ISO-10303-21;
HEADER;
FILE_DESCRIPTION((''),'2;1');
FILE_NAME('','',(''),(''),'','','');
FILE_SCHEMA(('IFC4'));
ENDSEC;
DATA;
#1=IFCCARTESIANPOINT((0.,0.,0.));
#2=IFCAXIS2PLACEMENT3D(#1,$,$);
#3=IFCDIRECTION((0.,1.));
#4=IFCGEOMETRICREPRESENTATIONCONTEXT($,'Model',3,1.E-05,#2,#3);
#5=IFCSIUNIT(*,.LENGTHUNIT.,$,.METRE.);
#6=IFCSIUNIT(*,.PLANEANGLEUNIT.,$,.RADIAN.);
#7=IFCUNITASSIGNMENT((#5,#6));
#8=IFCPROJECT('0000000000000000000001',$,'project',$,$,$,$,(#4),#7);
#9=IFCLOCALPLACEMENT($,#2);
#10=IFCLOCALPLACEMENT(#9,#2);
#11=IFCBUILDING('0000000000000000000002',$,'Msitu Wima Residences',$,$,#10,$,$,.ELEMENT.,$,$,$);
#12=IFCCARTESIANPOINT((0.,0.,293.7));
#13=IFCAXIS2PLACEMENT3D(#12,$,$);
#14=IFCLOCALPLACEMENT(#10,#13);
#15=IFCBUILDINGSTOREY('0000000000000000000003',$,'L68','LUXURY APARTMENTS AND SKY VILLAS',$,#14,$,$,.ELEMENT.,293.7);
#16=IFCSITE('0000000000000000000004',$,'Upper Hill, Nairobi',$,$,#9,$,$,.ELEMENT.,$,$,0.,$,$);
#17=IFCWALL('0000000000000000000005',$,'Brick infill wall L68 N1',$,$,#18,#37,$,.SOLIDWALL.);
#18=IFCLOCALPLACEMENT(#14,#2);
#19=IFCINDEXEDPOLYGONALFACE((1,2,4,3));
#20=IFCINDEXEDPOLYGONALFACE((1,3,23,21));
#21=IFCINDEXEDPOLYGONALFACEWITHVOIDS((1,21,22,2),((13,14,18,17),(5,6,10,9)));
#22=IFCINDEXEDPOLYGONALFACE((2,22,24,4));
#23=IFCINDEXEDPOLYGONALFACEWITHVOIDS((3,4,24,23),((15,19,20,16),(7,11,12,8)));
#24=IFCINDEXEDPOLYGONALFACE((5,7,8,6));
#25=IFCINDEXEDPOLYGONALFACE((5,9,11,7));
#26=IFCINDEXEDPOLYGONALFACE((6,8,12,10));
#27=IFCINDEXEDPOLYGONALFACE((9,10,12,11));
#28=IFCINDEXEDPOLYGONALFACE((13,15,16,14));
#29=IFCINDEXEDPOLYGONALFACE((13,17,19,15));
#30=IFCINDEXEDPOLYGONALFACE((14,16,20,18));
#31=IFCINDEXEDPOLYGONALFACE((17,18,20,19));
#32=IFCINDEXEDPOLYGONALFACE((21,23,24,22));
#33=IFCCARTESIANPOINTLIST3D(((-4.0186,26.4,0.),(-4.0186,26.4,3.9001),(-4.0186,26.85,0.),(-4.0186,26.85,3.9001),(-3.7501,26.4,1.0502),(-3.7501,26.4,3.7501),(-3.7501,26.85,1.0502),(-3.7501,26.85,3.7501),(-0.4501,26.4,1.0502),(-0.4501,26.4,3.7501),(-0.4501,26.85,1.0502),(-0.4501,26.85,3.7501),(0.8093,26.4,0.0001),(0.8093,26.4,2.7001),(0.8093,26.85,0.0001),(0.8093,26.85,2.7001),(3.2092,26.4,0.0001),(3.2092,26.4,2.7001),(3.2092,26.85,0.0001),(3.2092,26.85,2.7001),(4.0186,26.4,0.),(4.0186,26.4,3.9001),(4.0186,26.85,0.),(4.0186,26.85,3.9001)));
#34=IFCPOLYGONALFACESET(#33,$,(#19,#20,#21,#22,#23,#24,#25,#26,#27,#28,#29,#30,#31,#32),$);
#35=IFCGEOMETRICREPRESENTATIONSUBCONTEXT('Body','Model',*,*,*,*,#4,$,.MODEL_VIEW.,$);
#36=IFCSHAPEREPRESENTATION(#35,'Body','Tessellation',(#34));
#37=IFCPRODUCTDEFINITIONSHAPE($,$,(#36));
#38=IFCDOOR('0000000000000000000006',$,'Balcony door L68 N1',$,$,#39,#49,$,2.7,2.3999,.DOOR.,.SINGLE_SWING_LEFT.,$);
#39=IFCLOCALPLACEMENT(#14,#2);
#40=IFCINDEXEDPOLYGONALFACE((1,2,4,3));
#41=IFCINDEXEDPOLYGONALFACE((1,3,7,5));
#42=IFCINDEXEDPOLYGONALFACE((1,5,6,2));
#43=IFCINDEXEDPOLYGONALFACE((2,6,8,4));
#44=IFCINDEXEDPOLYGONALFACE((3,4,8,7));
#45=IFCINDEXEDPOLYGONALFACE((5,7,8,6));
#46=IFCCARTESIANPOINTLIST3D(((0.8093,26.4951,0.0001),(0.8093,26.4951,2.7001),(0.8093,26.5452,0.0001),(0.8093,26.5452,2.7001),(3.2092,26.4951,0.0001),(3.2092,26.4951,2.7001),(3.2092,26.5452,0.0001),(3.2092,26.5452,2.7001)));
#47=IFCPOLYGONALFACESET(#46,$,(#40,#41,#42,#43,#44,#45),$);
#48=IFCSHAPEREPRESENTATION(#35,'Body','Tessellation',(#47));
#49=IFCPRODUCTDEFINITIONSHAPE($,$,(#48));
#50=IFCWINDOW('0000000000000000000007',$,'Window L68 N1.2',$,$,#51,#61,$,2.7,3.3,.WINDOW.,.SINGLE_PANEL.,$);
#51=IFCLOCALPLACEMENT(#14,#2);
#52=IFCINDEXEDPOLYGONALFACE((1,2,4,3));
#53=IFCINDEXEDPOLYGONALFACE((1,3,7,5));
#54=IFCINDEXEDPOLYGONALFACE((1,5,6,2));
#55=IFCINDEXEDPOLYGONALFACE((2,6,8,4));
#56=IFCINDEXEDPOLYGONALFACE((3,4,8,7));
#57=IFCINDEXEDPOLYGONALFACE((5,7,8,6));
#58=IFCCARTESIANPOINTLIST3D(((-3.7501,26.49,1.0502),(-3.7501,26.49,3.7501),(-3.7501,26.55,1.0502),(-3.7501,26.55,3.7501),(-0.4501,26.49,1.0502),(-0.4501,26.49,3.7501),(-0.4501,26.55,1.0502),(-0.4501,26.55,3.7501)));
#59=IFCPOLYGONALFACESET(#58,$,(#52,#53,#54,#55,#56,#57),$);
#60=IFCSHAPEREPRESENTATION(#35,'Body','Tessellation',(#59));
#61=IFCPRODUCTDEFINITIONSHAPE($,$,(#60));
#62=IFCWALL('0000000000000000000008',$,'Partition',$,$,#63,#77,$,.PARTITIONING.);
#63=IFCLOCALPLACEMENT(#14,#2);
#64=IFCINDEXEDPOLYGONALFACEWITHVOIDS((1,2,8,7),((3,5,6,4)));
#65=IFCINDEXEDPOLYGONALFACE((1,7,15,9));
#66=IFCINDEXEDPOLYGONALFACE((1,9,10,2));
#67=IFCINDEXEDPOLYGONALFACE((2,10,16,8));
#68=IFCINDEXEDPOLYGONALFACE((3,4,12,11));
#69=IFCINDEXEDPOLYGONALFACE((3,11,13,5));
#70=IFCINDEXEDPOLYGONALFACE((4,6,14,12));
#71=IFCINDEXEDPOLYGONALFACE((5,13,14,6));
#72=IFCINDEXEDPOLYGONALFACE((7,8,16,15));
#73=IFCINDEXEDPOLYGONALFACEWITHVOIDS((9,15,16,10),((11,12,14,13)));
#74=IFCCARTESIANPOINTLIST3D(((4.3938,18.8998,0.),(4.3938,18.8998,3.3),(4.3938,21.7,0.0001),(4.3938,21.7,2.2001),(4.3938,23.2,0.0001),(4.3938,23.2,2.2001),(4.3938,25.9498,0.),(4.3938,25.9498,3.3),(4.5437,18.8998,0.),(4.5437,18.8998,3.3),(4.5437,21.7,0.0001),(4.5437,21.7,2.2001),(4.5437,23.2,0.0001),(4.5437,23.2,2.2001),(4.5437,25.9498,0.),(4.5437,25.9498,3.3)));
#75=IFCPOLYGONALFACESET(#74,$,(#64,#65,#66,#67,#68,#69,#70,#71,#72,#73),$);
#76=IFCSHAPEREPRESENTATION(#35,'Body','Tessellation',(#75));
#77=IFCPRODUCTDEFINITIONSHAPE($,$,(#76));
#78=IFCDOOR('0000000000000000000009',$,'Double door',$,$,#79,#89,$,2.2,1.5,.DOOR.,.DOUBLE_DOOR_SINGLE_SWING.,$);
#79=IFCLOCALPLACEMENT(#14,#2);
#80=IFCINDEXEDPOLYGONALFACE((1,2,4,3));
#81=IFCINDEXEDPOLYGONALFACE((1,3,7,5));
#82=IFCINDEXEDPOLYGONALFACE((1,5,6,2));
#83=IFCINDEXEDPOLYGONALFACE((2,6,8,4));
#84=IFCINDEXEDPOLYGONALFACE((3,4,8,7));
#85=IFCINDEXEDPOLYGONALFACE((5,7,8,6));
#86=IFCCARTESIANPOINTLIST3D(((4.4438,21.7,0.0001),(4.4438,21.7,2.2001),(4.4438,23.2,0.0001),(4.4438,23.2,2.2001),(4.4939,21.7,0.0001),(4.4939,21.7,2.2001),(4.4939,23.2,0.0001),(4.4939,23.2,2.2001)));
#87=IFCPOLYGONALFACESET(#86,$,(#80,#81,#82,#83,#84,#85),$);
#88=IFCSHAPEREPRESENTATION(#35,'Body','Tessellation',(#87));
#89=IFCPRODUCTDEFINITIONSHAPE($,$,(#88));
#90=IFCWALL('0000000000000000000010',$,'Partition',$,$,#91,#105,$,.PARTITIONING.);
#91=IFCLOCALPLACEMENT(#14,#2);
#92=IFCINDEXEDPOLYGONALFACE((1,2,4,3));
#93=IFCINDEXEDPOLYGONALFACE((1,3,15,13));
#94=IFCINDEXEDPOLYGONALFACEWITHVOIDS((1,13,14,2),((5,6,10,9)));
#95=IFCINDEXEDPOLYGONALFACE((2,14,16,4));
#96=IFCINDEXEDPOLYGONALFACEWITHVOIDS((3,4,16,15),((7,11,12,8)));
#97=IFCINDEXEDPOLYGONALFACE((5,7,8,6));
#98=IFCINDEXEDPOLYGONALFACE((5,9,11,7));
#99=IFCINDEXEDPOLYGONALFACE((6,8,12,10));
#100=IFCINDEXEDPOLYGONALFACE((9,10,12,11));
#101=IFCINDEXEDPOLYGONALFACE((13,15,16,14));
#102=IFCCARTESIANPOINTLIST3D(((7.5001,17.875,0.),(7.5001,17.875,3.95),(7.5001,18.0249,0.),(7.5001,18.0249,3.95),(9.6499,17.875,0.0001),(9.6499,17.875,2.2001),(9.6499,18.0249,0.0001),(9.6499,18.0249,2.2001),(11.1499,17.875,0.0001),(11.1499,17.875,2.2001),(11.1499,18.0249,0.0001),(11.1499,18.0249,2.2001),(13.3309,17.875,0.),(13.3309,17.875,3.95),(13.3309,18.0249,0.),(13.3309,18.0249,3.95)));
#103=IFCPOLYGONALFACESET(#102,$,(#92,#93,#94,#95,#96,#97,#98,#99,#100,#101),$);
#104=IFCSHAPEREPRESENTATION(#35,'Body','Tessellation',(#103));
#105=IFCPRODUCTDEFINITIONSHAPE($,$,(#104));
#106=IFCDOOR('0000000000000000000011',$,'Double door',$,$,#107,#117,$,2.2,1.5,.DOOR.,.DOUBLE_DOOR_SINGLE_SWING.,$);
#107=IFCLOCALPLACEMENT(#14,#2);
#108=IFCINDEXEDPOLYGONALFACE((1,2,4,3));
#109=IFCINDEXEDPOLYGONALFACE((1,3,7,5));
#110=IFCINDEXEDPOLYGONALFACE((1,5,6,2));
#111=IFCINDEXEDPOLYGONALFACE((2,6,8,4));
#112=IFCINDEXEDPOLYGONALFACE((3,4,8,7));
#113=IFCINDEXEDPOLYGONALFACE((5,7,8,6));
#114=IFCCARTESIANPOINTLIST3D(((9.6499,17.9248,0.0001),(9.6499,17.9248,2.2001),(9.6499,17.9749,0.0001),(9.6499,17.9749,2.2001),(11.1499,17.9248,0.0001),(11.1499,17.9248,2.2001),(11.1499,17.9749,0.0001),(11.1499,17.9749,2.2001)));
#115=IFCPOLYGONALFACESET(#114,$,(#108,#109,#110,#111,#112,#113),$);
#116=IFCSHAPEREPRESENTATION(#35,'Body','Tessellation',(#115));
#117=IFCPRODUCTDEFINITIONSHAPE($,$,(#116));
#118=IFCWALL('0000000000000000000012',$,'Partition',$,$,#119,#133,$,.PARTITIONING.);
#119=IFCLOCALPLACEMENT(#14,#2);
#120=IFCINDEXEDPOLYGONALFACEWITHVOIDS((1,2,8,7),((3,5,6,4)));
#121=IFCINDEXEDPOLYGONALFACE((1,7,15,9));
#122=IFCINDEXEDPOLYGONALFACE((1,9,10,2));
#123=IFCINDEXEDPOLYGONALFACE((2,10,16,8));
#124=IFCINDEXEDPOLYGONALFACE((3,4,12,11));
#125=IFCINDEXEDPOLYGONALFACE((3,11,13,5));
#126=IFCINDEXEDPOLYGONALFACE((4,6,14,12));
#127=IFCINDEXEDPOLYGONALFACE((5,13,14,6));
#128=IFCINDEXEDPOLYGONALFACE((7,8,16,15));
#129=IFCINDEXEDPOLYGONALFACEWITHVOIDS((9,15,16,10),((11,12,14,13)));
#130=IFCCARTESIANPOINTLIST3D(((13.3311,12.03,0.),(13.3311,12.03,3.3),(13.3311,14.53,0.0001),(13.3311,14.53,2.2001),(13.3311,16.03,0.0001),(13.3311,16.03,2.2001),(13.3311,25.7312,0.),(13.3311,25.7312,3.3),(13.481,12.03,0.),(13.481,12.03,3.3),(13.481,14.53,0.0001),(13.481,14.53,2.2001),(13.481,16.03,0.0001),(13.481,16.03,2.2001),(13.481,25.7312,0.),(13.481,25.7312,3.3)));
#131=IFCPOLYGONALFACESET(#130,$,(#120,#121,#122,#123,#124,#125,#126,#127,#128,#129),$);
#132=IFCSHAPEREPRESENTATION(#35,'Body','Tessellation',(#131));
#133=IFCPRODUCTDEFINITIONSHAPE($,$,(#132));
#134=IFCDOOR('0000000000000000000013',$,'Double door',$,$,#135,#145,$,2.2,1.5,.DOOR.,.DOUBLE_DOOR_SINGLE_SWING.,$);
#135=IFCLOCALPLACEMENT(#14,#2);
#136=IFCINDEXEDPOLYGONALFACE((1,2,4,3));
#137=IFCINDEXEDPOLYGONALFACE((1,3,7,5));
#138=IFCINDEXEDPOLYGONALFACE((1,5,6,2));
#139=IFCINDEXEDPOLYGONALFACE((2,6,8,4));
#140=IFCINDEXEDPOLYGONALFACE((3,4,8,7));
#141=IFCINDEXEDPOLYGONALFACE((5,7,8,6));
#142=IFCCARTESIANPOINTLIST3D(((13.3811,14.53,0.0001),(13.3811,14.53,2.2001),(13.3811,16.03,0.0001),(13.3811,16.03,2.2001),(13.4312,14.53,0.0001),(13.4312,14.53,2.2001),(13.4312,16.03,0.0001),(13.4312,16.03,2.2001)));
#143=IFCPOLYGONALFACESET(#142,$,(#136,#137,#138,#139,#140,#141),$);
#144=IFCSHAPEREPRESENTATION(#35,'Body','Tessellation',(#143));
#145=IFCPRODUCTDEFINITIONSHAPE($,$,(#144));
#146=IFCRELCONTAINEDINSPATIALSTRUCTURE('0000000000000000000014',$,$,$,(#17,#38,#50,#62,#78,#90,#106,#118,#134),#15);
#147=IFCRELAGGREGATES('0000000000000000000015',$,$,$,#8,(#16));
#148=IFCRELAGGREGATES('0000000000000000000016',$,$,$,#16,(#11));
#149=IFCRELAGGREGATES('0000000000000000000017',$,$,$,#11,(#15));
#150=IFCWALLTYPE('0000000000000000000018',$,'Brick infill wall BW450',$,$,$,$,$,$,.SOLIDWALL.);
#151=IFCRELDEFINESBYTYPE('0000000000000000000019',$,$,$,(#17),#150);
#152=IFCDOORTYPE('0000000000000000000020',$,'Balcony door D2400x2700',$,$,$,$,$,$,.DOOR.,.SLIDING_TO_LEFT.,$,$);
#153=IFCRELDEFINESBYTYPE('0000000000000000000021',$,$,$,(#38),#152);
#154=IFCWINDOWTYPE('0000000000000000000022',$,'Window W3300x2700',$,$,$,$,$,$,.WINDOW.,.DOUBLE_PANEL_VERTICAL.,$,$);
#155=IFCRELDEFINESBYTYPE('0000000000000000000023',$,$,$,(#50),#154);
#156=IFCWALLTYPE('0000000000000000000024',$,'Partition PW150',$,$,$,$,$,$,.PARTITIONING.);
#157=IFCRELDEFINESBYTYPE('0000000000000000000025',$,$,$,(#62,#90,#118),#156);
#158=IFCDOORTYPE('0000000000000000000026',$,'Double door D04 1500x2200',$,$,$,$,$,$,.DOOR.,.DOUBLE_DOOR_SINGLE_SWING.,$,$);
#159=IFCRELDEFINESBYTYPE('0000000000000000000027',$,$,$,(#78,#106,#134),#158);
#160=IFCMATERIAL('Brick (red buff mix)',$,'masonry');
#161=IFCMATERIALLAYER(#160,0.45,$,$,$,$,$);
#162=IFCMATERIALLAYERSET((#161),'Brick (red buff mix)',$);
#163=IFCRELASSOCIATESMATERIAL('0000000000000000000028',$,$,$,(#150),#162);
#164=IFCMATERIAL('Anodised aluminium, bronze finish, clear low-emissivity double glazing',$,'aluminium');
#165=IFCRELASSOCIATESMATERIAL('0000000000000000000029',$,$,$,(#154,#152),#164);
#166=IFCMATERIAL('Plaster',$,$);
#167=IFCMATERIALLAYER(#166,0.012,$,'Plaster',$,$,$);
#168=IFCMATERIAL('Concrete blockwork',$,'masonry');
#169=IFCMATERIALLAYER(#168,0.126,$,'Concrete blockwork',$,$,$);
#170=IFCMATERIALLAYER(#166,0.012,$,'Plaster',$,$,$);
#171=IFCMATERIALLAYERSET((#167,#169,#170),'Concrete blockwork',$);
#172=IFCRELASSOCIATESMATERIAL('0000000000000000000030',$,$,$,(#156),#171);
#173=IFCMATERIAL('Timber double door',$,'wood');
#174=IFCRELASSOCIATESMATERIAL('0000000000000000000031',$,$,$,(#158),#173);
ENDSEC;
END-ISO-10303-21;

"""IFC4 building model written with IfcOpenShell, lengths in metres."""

from ifc_helpers import new_model, si_unit, direction, frame, frame_2d, origin, place, context, subcontext, project, spatial, rectangle, extrude, material, layer, layer_set, type_object, element, fill, save


model = new_model("IFC4")

# Units and contexts
model_context = context("Model", 3, precision=1e-05, world=origin(), true_north=direction((0.0, 1.0)))
body_context = subcontext(model_context, "Body", "Model", "MODEL_VIEW")
ifc_project = project(units=[si_unit("LENGTHUNIT", "METRE"), si_unit("PLANEANGLEUNIT", "RADIAN")], contexts=[model_context])

# Site, building, storey
site_placement = place(None, origin())
site = spatial("IfcSite", under=ifc_project, at=site_placement, Name="Upper Hill, Nairobi", CompositionType="ELEMENT", RefElevation=0.0)
building_placement = place(site_placement, origin())
building = spatial("IfcBuilding", under=site, at=building_placement, Name="Msitu Wima Residences", CompositionType="ELEMENT")
storey_placement = place(building_placement, frame((0.0, 0.0, 293.7)))
storey = spatial("IfcBuildingStorey", under=building, at=storey_placement, Name="L68", Description="LUXURY APARTMENTS AND SKY VILLAS", CompositionType="ELEMENT", Elevation=293.7)

# Shared definitions
ifc_material_1 = material(Name="Brick (red buff mix)", Category="masonry")
ifc_layer_1 = layer(ifc_material_1, 0.45)
ifc_layer_set_1 = layer_set([ifc_layer_1], Name="Brick (red buff mix)")
wall_type_1 = type_object("IfcWallType", Name="Brick infill wall BW450", PredefinedType="SOLIDWALL", material=ifc_layer_set_1)
ifc_material_2 = material(Name="Anodised aluminium, bronze finish, clear low-emissivity double glazing", Category="aluminium")
window_type = type_object("IfcWindowType", Name="Window W3300x2700", PartitioningType="DOUBLE_PANEL_VERTICAL", PredefinedType="WINDOW", material=ifc_material_2)

# Wall, openings, door, window
wall_1_placement = place(storey_placement, frame((4.0186, 26.625, 0.0), z_axis=(0.0, 0.0, 1.0), x_axis=(-1.0, 0.0, 0.0)))
wall_1 = element("IfcWall", 1, at=wall_1_placement, inside=storey, type_object=wall_type_1, Name="Brick infill wall L68 N1", PredefinedType="SOLIDWALL", context=body_context, shape_type="SweptSolid", body=[
    extrude(rectangle(XDim=8.0371, YDim=0.45, at=frame_2d((4.0186, 0.0))), origin(), (0.0, 0.0, 1.0), 3.9001),
])
opening_1_placement = place(wall_1_placement, frame((0.8093, 0.0, 0.0)))
opening_1 = element("IfcOpeningElement", 2, at=opening_1_placement, cuts=wall_1, PredefinedType="OPENING", context=body_context, shape_type="SweptSolid", body=[
    extrude(rectangle(XDim=2.3999, YDim=2.7, at=frame_2d((1.2, 1.3501))), frame((0.0, 0.2349, 0.0), z_axis=(0.0, -1.0, 0.0), x_axis=(1.0, 0.0, 0.0)), (0.0, 0.0, 1.0), 0.47),
])
opening_2_placement = place(wall_1_placement, frame((4.4688, 0.0, 1.05)))
opening_2 = element("IfcOpeningElement", 3, at=opening_2_placement, cuts=wall_1, PredefinedType="OPENING", context=body_context, shape_type="SweptSolid", body=[
    extrude(rectangle(XDim=3.3, YDim=2.7, at=frame_2d((1.6499, 1.3501))), frame((0.0, 0.2349, 0.0), z_axis=(0.0, -1.0, 0.0), x_axis=(1.0, 0.0, 0.0)), (0.0, 0.0, 1.0), 0.47),
])
door_type_1 = type_object("IfcDoorType", Name="Balcony door D2400x2700", OperationType="SLIDING_TO_LEFT", PredefinedType="DOOR", material=ifc_material_2)
door_1_placement = place(opening_1_placement, origin())
door_1 = element("IfcDoor", 4, at=door_1_placement, inside=storey, type_object=door_type_1, Name="Balcony door L68 N1", OperationType="SINGLE_SWING_LEFT", OverallHeight=2.7, OverallWidth=2.3999, PredefinedType="DOOR", context=body_context, shape_type="SweptSolid", body=[
    extrude(rectangle(XDim=2.3999, YDim=2.7, at=frame_2d((1.2, 1.3501))), frame((0.0, 0.1299, 0.0), z_axis=(0.0, -1.0, 0.0), x_axis=(1.0, 0.0, 0.0)), (0.0, 0.0, 1.0), 0.05),
])
fill(opening_1, door_1)
window_1_placement = place(opening_2_placement, origin())
window_1 = element("IfcWindow", 5, at=window_1_placement, inside=storey, type_object=window_type, Name="Window L68 N1.2", OverallHeight=2.7, OverallWidth=3.3, PartitioningType="SINGLE_PANEL", PredefinedType="WINDOW", context=body_context, shape_type="SweptSolid", body=[
    extrude(rectangle(XDim=3.3, YDim=2.7, at=frame_2d((1.6499, 1.3501))), frame((0.0, 0.135, 0.0), z_axis=(0.0, -1.0, 0.0), x_axis=(1.0, 0.0, 0.0)), (0.0, 0.0, 1.0), 0.0601),
])
fill(opening_2, window_1)

# Walls, openings, doors
ifc_material_3 = material(Name="Plaster")
ifc_layer_2 = layer(ifc_material_3, 0.012, Name="Plaster")
ifc_material_4 = material(Name="Concrete blockwork", Category="masonry")
ifc_layer_3 = layer(ifc_material_4, 0.126, Name="Concrete blockwork")
ifc_layer_4 = layer(ifc_material_3, 0.012, Name="Plaster")
ifc_layer_set_2 = layer_set([ifc_layer_2, ifc_layer_3, ifc_layer_4], Name="Concrete blockwork")
wall_type_2 = type_object("IfcWallType", Name="Partition PW150", PredefinedType="PARTITIONING", material=ifc_layer_set_2)
wall_2_placement = place(storey_placement, frame((4.4688, 18.8999, 0.0), z_axis=(0.0, 0.0, 1.0), x_axis=(0.0, 1.0, 0.0)))
wall_2 = element("IfcWall", 6, at=wall_2_placement, inside=storey, type_object=wall_type_2, Name="Partition", PredefinedType="PARTITIONING", context=body_context, shape_type="SweptSolid", body=[
    extrude(rectangle(XDim=7.05, YDim=0.1499, at=frame_2d((3.5249, 0.0))), origin(), (0.0, 0.0, 1.0), 3.3),
])
opening_3_placement = place(wall_2_placement, frame((2.8, 0.0, 0.0)))
opening_3 = element("IfcOpeningElement", 7, at=opening_3_placement, cuts=wall_2, PredefinedType="OPENING", context=body_context, shape_type="SweptSolid", body=[
    extrude(rectangle(XDim=1.5, YDim=2.2, at=frame_2d((0.75, 1.1001))), frame((0.0, 0.085, 0.0), z_axis=(0.0, -1.0, 0.0), x_axis=(1.0, 0.0, 0.0)), (0.0, 0.0, 1.0), 0.1699),
])
ifc_material_5 = material(Name="Timber double door", Category="wood")
door_type_2 = type_object("IfcDoorType", Name="Double door D04 1500x2200", OperationType="DOUBLE_DOOR_SINGLE_SWING", PredefinedType="DOOR", material=ifc_material_5)
door_2_placement = place(opening_3_placement, origin())
door_2 = element("IfcDoor", 8, at=door_2_placement, inside=storey, type_object=door_type_2, Name="Double door", OperationType="DOUBLE_DOOR_SINGLE_SWING", OverallHeight=2.2, OverallWidth=1.5, PredefinedType="DOOR", context=body_context, shape_type="SweptSolid", body=[
    extrude(rectangle(XDim=1.5, YDim=2.2, at=frame_2d((0.75, 1.1001))), frame((0.0, 0.0249, 0.0), z_axis=(0.0, -1.0, 0.0), x_axis=(1.0, 0.0, 0.0)), (0.0, 0.0, 1.0), 0.05),
])
fill(opening_3, door_2)
wall_3_placement = place(storey_placement, frame((7.5, 17.95, 0.0), z_axis=(0.0, 0.0, 1.0), x_axis=(1.0, 0.0, 0.0)))
wall_3 = element("IfcWall", 9, at=wall_3_placement, inside=storey, type_object=wall_type_2, Name="Partition", PredefinedType="PARTITIONING", context=body_context, shape_type="SweptSolid", body=[
    extrude(rectangle(XDim=5.8308, YDim=0.1499, at=frame_2d((2.9155, 0.0))), origin(), (0.0, 0.0, 1.0), 3.95),
])
opening_4_placement = place(wall_3_placement, frame((2.1499, 0.0, 0.0)))
opening_4 = element("IfcOpeningElement", 10, at=opening_4_placement, cuts=wall_3, PredefinedType="OPENING", context=body_context, shape_type="SweptSolid", body=[
    extrude(rectangle(XDim=1.5, YDim=2.2, at=frame_2d((0.75, 1.1001))), frame((0.0, 0.085, 0.0), z_axis=(0.0, -1.0, 0.0), x_axis=(1.0, 0.0, 0.0)), (0.0, 0.0, 1.0), 0.1699),
])
door_3_placement = place(opening_4_placement, origin())
door_3 = element("IfcDoor", 11, at=door_3_placement, inside=storey, type_object=door_type_2, Name="Double door", OperationType="DOUBLE_DOOR_SINGLE_SWING", OverallHeight=2.2, OverallWidth=1.5, PredefinedType="DOOR", context=body_context, shape_type="SweptSolid", body=[
    extrude(rectangle(XDim=1.5, YDim=2.2, at=frame_2d((0.75, 1.1001))), frame((0.0, 0.0249, 0.0), z_axis=(0.0, -1.0, 0.0), x_axis=(1.0, 0.0, 0.0)), (0.0, 0.0, 1.0), 0.05),
])
fill(opening_4, door_3)
wall_4_placement = place(storey_placement, frame((13.406, 12.03, 0.0), z_axis=(0.0, 0.0, 1.0), x_axis=(0.0, 1.0, 0.0)))
wall_4 = element("IfcWall", 12, at=wall_4_placement, inside=storey, type_object=wall_type_2, Name="Partition", PredefinedType="PARTITIONING", context=body_context, shape_type="SweptSolid", body=[
    extrude(rectangle(XDim=13.7012, YDim=0.1499, at=frame_2d((6.8506, 0.0))), origin(), (0.0, 0.0, 1.0), 3.3),
])
opening_5_placement = place(wall_4_placement, frame((2.5, 0.0, 0.0)))
opening_5 = element("IfcOpeningElement", 13, at=opening_5_placement, cuts=wall_4, PredefinedType="OPENING", context=body_context, shape_type="SweptSolid", body=[
    extrude(rectangle(XDim=1.5, YDim=2.2, at=frame_2d((0.75, 1.1001))), frame((0.0, 0.085, 0.0), z_axis=(0.0, -1.0, 0.0), x_axis=(1.0, 0.0, 0.0)), (0.0, 0.0, 1.0), 0.1699),
])
door_4_placement = place(opening_5_placement, origin())
door_4 = element("IfcDoor", 14, at=door_4_placement, inside=storey, type_object=door_type_2, Name="Double door", OperationType="DOUBLE_DOOR_SINGLE_SWING", OverallHeight=2.2, OverallWidth=1.5, PredefinedType="DOOR", context=body_context, shape_type="SweptSolid", body=[
    extrude(rectangle(XDim=1.5, YDim=2.2, at=frame_2d((0.75, 1.1001))), frame((0.0, 0.0249, 0.0), z_axis=(0.0, -1.0, 0.0), x_axis=(1.0, 0.0, 0.0)), (0.0, 0.0, 1.0), 0.05),
])
fill(opening_5, door_4)

save(model, "model.ifc")
